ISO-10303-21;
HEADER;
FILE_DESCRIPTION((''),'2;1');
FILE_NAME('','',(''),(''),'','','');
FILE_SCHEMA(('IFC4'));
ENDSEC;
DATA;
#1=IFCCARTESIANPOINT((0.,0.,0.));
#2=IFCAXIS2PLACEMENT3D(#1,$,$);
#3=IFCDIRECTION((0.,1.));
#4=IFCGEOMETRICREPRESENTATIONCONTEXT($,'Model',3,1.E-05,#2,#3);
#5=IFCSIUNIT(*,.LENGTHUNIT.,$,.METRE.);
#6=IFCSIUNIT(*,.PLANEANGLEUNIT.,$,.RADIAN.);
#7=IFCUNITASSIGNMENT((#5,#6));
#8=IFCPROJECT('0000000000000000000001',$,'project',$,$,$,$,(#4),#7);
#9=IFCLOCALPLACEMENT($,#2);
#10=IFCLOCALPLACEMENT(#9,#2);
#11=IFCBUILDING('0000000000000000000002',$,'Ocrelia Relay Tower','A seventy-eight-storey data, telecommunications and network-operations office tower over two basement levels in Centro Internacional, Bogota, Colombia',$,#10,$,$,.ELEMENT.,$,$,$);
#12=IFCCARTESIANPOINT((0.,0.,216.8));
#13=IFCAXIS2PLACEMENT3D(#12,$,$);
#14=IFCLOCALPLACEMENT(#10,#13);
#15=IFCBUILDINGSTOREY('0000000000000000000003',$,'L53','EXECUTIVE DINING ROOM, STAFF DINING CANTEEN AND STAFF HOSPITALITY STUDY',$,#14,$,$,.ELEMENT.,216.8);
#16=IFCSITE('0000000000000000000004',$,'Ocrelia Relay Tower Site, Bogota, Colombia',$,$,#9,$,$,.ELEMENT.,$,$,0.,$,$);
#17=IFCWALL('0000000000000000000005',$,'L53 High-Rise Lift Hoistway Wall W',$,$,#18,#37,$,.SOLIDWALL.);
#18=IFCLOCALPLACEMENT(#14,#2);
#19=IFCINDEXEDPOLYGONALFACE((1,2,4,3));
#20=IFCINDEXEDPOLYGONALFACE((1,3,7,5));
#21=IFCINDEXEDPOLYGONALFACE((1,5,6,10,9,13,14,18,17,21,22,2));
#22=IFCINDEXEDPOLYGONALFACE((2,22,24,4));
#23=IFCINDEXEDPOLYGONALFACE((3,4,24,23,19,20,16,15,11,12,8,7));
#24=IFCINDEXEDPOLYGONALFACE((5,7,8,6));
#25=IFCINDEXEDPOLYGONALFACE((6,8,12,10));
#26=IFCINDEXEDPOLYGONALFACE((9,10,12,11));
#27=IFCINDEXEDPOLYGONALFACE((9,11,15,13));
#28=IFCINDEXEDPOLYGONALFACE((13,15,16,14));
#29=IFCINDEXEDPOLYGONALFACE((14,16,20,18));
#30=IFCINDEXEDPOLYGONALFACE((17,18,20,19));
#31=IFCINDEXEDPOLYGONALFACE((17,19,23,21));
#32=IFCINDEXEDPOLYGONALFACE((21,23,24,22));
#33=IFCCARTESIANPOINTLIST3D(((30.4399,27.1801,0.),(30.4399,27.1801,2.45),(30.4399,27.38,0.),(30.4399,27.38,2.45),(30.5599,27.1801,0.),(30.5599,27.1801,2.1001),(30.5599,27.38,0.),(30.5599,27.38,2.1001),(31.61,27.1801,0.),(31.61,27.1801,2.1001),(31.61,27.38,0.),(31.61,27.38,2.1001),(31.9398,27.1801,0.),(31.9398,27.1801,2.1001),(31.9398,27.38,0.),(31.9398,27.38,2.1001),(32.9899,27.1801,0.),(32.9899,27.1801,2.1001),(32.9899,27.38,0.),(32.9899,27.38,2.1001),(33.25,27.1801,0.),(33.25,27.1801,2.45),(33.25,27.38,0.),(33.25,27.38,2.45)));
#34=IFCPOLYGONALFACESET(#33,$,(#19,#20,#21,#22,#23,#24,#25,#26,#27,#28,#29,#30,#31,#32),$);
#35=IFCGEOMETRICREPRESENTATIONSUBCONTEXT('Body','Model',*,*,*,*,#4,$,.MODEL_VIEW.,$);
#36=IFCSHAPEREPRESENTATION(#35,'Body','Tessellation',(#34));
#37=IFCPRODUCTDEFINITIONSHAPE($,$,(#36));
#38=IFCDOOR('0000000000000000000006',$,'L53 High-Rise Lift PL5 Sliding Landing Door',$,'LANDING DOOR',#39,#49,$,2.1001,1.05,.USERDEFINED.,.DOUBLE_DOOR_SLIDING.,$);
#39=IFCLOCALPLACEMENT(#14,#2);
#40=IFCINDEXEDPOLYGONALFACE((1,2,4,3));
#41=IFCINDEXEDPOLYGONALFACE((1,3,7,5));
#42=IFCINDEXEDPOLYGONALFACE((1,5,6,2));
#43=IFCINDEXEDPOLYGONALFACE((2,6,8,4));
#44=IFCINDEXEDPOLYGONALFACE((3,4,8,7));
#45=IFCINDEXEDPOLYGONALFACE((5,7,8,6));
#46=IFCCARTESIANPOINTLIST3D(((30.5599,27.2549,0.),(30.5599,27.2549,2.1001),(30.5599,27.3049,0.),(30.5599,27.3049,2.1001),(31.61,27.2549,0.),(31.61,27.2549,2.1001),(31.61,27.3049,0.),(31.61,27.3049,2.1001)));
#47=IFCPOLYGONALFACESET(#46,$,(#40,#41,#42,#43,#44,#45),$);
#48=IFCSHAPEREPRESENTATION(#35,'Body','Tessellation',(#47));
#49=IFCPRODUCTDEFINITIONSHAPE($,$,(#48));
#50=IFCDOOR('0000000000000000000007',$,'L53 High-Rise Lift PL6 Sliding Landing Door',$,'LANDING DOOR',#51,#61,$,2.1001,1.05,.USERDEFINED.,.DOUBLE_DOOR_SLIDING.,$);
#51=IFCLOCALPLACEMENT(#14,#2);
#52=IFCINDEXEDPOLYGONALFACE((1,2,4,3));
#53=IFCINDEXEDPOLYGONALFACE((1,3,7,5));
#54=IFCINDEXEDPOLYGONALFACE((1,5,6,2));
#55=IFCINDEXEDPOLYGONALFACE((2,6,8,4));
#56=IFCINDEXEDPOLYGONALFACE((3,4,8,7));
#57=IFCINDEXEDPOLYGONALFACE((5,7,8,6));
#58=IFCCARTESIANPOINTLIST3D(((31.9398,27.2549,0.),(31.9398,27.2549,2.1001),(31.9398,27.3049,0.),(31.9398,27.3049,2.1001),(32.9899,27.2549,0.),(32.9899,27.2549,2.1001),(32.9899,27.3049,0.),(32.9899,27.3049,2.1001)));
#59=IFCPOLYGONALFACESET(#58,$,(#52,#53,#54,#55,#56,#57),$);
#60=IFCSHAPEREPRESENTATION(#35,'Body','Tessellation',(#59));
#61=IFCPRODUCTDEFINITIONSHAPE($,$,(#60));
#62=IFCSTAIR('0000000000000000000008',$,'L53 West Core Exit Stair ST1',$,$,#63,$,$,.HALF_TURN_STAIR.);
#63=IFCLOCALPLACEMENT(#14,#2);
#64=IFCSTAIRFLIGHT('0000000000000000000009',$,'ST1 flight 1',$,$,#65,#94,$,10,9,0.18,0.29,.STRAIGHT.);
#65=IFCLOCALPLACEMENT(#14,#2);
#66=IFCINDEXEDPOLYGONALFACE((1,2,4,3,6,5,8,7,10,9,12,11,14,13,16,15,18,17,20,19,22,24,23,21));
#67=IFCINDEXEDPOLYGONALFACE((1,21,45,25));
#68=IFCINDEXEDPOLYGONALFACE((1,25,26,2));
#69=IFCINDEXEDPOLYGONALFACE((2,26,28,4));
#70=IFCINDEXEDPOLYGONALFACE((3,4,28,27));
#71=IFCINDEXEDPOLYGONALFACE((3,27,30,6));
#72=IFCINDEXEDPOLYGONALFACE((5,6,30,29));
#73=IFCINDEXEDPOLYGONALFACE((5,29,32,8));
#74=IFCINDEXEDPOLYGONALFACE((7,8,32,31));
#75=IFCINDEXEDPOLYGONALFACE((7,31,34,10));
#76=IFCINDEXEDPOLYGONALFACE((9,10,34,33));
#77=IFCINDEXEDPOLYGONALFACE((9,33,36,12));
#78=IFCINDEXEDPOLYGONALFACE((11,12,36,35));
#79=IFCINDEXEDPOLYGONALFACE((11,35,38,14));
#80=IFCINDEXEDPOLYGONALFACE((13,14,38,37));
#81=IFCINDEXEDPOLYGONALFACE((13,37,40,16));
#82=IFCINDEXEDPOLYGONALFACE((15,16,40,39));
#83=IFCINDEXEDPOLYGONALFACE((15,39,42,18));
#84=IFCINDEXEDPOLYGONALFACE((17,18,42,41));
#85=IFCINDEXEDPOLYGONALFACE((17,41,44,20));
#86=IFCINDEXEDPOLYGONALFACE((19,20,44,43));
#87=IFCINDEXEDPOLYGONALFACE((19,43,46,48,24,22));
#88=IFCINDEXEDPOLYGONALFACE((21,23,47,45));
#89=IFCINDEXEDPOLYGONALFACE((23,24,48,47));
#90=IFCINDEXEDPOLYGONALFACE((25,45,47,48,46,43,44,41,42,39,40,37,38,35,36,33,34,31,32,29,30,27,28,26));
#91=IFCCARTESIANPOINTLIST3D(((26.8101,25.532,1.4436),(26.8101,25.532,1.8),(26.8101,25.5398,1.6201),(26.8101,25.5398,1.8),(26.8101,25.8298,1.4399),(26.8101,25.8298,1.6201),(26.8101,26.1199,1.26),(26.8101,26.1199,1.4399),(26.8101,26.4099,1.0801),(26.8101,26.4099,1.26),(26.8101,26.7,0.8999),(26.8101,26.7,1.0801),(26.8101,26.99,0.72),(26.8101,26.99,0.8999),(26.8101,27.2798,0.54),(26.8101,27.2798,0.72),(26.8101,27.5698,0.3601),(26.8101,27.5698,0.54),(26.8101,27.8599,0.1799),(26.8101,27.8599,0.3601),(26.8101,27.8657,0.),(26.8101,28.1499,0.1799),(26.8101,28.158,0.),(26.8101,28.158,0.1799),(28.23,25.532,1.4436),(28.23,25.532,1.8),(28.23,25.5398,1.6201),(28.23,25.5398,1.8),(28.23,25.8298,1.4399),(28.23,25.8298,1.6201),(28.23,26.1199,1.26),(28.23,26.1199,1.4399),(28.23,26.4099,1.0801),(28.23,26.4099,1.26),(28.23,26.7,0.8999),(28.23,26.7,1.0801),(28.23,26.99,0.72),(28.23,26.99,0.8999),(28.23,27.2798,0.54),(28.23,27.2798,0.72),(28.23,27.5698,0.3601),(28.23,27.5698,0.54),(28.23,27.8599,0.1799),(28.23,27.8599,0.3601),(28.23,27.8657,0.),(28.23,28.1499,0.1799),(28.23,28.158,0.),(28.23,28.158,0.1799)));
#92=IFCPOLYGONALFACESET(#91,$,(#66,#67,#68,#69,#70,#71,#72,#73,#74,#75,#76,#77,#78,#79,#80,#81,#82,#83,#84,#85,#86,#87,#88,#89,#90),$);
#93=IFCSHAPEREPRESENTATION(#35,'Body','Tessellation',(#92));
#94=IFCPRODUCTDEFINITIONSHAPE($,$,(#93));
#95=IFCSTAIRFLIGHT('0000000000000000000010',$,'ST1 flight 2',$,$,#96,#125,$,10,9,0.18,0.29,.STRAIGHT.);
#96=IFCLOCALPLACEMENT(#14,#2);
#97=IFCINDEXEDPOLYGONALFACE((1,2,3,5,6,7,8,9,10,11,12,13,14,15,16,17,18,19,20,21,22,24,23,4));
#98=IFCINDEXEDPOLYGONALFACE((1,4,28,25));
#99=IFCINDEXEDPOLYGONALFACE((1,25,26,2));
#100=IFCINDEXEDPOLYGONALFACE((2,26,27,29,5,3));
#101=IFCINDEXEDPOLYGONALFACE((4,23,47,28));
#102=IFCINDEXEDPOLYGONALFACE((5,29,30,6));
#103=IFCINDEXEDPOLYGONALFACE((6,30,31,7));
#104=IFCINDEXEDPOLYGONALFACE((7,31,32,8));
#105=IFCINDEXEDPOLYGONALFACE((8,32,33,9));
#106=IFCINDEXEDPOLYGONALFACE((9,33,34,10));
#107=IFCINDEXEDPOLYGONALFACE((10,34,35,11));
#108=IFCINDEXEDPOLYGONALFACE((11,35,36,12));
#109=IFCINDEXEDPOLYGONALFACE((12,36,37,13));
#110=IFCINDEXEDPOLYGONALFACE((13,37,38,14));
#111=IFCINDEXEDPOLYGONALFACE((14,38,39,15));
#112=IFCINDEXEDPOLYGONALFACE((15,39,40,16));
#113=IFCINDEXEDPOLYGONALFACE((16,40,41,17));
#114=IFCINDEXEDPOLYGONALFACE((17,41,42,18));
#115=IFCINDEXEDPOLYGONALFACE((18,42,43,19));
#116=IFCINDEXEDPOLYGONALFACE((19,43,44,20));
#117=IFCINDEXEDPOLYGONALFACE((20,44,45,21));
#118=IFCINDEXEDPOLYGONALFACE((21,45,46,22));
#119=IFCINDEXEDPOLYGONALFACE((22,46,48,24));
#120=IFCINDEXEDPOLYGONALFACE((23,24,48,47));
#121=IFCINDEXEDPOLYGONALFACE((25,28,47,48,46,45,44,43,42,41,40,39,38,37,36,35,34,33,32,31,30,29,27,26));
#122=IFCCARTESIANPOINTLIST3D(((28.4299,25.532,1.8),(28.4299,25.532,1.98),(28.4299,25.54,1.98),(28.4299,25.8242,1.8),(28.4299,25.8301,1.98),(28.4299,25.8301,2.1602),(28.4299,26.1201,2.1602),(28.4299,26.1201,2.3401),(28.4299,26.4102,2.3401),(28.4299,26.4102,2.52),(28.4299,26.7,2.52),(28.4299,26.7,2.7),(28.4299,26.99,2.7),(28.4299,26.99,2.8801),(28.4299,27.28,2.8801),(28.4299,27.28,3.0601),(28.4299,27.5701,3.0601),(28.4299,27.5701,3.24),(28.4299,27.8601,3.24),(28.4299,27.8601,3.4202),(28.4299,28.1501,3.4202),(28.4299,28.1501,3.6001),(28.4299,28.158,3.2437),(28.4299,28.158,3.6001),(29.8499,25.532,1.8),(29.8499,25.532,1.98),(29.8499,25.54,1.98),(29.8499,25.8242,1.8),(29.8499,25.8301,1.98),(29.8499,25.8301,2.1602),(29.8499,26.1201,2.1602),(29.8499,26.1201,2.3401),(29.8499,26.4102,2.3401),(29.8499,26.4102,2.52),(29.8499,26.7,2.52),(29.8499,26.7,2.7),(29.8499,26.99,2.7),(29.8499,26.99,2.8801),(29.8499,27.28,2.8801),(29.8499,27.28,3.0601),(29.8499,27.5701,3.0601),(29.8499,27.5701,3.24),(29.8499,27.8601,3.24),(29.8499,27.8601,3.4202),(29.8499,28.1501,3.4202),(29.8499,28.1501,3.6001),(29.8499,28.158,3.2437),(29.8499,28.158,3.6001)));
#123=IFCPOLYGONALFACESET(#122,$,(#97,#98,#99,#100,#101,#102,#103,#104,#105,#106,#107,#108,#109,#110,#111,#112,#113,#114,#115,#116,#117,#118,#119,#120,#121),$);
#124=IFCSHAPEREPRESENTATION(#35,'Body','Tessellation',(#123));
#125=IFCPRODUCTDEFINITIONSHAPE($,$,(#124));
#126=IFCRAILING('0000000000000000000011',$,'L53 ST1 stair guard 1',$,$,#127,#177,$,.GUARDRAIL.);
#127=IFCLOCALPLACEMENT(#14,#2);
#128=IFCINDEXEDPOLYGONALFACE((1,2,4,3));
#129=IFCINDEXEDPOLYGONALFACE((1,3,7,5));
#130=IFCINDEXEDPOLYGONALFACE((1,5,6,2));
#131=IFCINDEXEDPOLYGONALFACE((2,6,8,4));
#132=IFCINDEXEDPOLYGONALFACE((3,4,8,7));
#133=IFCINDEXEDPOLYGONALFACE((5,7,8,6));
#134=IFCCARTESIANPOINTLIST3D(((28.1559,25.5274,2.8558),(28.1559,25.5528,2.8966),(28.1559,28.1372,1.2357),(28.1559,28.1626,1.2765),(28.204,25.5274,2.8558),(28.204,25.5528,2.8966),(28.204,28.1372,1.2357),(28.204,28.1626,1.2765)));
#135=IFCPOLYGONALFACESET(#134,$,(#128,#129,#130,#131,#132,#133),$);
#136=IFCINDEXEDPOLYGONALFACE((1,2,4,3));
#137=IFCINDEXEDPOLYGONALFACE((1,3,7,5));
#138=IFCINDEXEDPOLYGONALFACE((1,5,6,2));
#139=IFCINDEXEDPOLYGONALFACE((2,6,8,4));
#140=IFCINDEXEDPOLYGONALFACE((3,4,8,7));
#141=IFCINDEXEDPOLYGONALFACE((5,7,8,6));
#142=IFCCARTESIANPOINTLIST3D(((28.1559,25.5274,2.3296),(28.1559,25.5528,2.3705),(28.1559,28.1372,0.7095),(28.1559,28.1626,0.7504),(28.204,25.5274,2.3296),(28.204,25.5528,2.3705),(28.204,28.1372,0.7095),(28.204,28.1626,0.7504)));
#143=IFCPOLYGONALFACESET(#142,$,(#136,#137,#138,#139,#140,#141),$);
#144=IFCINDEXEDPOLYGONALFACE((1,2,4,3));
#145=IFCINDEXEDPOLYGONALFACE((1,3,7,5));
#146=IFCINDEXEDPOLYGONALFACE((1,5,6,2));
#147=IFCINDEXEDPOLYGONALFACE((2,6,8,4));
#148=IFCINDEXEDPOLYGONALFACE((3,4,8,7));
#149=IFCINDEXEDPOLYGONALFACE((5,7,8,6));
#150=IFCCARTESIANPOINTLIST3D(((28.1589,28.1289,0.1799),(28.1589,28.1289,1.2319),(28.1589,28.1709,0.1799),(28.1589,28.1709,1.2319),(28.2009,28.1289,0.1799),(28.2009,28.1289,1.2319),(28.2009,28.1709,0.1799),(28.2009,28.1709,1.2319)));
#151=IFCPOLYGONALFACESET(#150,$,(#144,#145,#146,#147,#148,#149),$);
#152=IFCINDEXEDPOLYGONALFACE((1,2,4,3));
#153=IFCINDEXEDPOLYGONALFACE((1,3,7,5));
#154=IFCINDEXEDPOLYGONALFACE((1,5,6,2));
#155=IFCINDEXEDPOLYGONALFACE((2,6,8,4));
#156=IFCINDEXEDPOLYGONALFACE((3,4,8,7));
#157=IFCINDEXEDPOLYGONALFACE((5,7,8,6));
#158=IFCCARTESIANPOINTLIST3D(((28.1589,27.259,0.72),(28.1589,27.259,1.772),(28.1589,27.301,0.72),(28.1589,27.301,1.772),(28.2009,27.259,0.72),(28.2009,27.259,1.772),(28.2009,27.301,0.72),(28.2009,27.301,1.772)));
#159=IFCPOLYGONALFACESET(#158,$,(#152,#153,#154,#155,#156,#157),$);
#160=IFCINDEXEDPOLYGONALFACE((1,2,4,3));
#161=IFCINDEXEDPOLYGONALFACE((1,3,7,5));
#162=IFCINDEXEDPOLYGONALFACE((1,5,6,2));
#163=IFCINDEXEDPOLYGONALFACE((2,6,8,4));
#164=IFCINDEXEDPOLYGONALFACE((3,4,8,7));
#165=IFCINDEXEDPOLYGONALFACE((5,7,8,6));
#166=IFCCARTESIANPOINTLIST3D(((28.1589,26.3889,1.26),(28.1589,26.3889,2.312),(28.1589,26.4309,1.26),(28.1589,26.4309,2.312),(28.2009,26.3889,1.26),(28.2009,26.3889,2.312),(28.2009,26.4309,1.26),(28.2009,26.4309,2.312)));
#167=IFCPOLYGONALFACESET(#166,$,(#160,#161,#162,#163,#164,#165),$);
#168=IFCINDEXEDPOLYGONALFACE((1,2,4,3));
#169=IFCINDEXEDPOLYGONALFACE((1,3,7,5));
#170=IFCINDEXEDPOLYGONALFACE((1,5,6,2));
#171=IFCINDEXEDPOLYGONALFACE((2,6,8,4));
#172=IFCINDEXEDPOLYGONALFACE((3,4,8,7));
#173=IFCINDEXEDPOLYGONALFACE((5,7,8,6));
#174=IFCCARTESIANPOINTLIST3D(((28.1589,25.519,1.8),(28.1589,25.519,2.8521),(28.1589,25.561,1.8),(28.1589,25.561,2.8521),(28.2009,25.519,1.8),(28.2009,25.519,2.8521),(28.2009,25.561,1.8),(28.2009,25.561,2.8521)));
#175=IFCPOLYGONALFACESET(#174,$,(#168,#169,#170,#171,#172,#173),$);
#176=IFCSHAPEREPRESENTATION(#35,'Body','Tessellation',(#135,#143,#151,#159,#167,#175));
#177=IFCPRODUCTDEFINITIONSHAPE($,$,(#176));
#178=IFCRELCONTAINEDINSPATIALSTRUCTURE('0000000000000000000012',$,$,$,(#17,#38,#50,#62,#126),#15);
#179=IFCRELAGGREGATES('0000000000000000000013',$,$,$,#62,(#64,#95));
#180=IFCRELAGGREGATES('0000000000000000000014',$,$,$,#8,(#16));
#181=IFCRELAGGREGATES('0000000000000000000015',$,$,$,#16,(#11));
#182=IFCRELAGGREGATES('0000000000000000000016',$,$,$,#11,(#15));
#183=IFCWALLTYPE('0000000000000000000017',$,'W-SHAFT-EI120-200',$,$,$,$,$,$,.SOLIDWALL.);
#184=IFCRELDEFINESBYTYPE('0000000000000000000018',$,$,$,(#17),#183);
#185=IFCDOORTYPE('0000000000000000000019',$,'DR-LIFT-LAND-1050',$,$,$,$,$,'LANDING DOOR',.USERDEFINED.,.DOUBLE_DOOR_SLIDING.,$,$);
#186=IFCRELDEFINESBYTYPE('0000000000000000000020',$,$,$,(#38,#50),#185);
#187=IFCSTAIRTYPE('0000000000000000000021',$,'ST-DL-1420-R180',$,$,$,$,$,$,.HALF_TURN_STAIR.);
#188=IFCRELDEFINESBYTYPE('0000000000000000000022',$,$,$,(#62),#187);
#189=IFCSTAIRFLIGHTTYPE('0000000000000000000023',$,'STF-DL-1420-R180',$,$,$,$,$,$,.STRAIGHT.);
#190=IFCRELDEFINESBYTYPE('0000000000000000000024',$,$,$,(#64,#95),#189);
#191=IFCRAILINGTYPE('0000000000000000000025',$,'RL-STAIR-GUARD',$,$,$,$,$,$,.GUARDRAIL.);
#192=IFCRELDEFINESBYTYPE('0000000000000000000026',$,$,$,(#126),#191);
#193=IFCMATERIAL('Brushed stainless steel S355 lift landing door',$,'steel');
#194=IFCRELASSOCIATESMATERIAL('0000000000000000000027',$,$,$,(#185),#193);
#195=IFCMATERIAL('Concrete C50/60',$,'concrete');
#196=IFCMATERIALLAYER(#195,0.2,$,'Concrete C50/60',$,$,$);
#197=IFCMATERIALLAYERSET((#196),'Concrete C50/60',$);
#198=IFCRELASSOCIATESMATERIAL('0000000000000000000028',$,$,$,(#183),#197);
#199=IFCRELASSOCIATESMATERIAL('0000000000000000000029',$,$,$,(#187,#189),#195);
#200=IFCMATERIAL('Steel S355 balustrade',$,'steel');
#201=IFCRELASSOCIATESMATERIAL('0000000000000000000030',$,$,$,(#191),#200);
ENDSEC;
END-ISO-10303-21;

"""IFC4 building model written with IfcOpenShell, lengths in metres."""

from ifc_helpers import new_model, si_unit, direction, frame, frame_2d, origin, origin_2d, place, context, subcontext, project, spatial, polyline, rectangle, outline, extrude, material, layer, layer_set, type_object, element, fill, aggregate, save


model = new_model("IFC4")

# Units and contexts
model_context = context("Model", 3, precision=1e-05, world=origin(), true_north=direction((0.0, 1.0)))
body_context = subcontext(model_context, "Body", "Model", "MODEL_VIEW")
ifc_project = project(units=[si_unit("LENGTHUNIT", "METRE"), si_unit("PLANEANGLEUNIT", "RADIAN")], contexts=[model_context])

# Site, building, storey
site_placement = place(None, origin())
site = spatial("IfcSite", under=ifc_project, at=site_placement, Name="Ocrelia Relay Tower Site, Bogota, Colombia", CompositionType="ELEMENT", RefElevation=0.0)
building_placement = place(site_placement, origin())
building = spatial("IfcBuilding", under=site, at=building_placement, Name="Ocrelia Relay Tower", Description="A seventy-eight-storey data, telecommunications and network-operations office tower over two basement levels in Centro Internacional, Bogota, Colombia", CompositionType="ELEMENT")
storey_placement = place(building_placement, frame((0.0, 0.0, 216.8)))
storey = spatial("IfcBuildingStorey", under=building, at=storey_placement, Name="L53", Description="EXECUTIVE DINING ROOM, STAFF DINING CANTEEN AND STAFF HOSPITALITY STUDY", CompositionType="ELEMENT", Elevation=216.8)

# Shared definitions
ifc_material_1 = material(Name="Concrete C50/60", Category="concrete")

# Shared definitions
ifc_material_2 = material(Name="Brushed stainless steel S355 lift landing door", Category="steel")
door_type_1 = type_object("IfcDoorType", Name="DR-LIFT-LAND-1050", ElementType="LANDING DOOR", OperationType="DOUBLE_DOOR_SLIDING", PredefinedType="USERDEFINED", material=ifc_material_2)

# Shared definitions
ifc_layer_1 = layer(ifc_material_1, 0.2, Name="Concrete C50/60")
ifc_layer_set_1 = layer_set([ifc_layer_1], Name="Concrete C50/60")
wall_type_1 = type_object("IfcWallType", Name="W-SHAFT-EI120-200", PredefinedType="SOLIDWALL", material=ifc_layer_set_1)

# Wall, openings, doors
wall_1_placement = place(storey_placement, frame((30.4399, 27.28, 0.0), z_axis=(0.0, 0.0, 1.0), x_axis=(1.0, 0.0, 0.0)))
wall_1 = element("IfcWall", 1, at=wall_1_placement, inside=storey, type_object=wall_type_1, Name="L53 High-Rise Lift Hoistway Wall W", PredefinedType="SOLIDWALL", context=body_context, shape_type="SweptSolid", body=[
    extrude(rectangle(XDim=2.8101, YDim=0.2, at=frame_2d((1.405, 0.0))), origin(), (0.0, 0.0, 1.0), 2.45),
])
opening_1_placement = place(wall_1_placement, frame((0.1201, 0.0, 0.0)))
opening_1 = element("IfcOpeningElement", 2, at=opening_1_placement, cuts=wall_1, PredefinedType="OPENING", context=body_context, shape_type="SweptSolid", body=[
    extrude(rectangle(XDim=1.05, YDim=2.1001, at=frame_2d((0.5249, 1.05))), frame((0.0, 0.1099, 0.0), z_axis=(0.0, -1.0, 0.0), x_axis=(1.0, 0.0, 0.0)), (0.0, 0.0, 1.0), 0.22),
])
opening_2_placement = place(wall_1_placement, frame((1.5, 0.0, 0.0)))
opening_2 = element("IfcOpeningElement", 3, at=opening_2_placement, cuts=wall_1, PredefinedType="OPENING", context=body_context, shape_type="SweptSolid", body=[
    extrude(rectangle(XDim=1.05, YDim=2.1001, at=frame_2d((0.5249, 1.05))), frame((0.0, 0.1099, 0.0), z_axis=(0.0, -1.0, 0.0), x_axis=(1.0, 0.0, 0.0)), (0.0, 0.0, 1.0), 0.22),
])
door_1_placement = place(opening_1_placement, origin())
door_1 = element("IfcDoor", 4, at=door_1_placement, inside=storey, type_object=door_type_1, Name="L53 High-Rise Lift PL5 Sliding Landing Door", ObjectType="LANDING DOOR", OperationType="DOUBLE_DOOR_SLIDING", OverallHeight=2.1001, OverallWidth=1.05, PredefinedType="USERDEFINED", context=body_context, shape_type="SweptSolid", body=[
    extrude(rectangle(XDim=1.05, YDim=2.1001, at=frame_2d((0.5249, 1.05))), frame((0.0, 0.0249, 0.0), z_axis=(0.0, -1.0, 0.0), x_axis=(1.0, 0.0, 0.0)), (0.0, 0.0, 1.0), 0.05),
])
fill(opening_1, door_1)
door_2_placement = place(opening_2_placement, origin())
door_2 = element("IfcDoor", 5, at=door_2_placement, inside=storey, type_object=door_type_1, Name="L53 High-Rise Lift PL6 Sliding Landing Door", ObjectType="LANDING DOOR", OperationType="DOUBLE_DOOR_SLIDING", OverallHeight=2.1001, OverallWidth=1.05, PredefinedType="USERDEFINED", context=body_context, shape_type="SweptSolid", body=[
    extrude(rectangle(XDim=1.05, YDim=2.1001, at=frame_2d((0.5249, 1.05))), frame((0.0, 0.0249, 0.0), z_axis=(0.0, -1.0, 0.0), x_axis=(1.0, 0.0, 0.0)), (0.0, 0.0, 1.0), 0.05),
])
fill(opening_2, door_2)

# Stair, stair flights
stair_type = type_object("IfcStairType", Name="ST-DL-1420-R180", PredefinedType="HALF_TURN_STAIR", material=ifc_material_1)
stair_placement = place(storey_placement, origin())
stair = element("IfcStair", 6, at=stair_placement, inside=storey, type_object=stair_type, Name="L53 West Core Exit Stair ST1", PredefinedType="HALF_TURN_STAIR")
stair_flight_type = type_object("IfcStairFlightType", Name="STF-DL-1420-R180", PredefinedType="STRAIGHT", material=ifc_material_1)
stair_flight_1_placement = place(storey_placement, frame((27.52, 28.1499, 0.0), z_axis=(0.0, 0.0, 1.0), x_axis=(0.0, -1.0, 0.0)))
stair_flight_1 = element("IfcStairFlight", 7, at=stair_flight_1_placement, type_object=stair_flight_type, Name="ST1 flight 1", NumberOfRisers=10, NumberOfTreads=9, PredefinedType="STRAIGHT", RiserHeight=0.18, TreadLength=0.29, context=body_context, shape_type="SweptSolid", body=[
    extrude(outline(polyline([(-0.0081, 0.0), (-0.0081, 0.1799), (0.0, 0.1799), (0.29, 0.1799), (0.29, 0.3601), (0.5801, 0.3601), (0.5801, 0.54), (0.8701, 0.54), (0.8701, 0.72), (1.1599, 0.72), (1.1599, 0.8999), (1.45, 0.8999), (1.45, 1.0801), (1.74, 1.0801), (1.74, 1.26), (2.03, 1.26), (2.03, 1.4399), (2.3201, 1.4399), (2.3201, 1.6201), (2.6101, 1.6201), (2.6101, 1.8), (2.6179, 1.8), (2.6179, 1.4436), (0.2842, 0.0), (-0.0081, 0.0)])), frame((0.0, 0.71, 0.0), z_axis=(0.0, -1.0, 0.0), x_axis=(1.0, 0.0, 0.0)), (0.0, 0.0, 1.0), 1.4199),
])
stair_flight_2_placement = place(storey_placement, frame((29.1399, 25.54, 1.8), z_axis=(0.0, 0.0, 1.0), x_axis=(0.0, 1.0, 0.0)))
stair_flight_2 = element("IfcStairFlight", 8, at=stair_flight_2_placement, type_object=stair_flight_type, Name="ST1 flight 2", NumberOfRisers=10, NumberOfTreads=9, PredefinedType="STRAIGHT", RiserHeight=0.18, TreadLength=0.29, context=body_context, shape_type="SweptSolid", body=[
    extrude(outline(polyline([(-0.0081, 0.0), (-0.0081, 0.1799), (0.0, 0.1799), (0.29, 0.1799), (0.29, 0.3601), (0.5801, 0.3601), (0.5801, 0.54), (0.8701, 0.54), (0.8701, 0.72), (1.1599, 0.72), (1.1599, 0.8999), (1.45, 0.8999), (1.45, 1.0801), (1.74, 1.0801), (1.74, 1.26), (2.03, 1.26), (2.03, 1.4399), (2.3201, 1.4399), (2.3201, 1.6201), (2.6101, 1.6201), (2.6101, 1.8), (2.6179, 1.8), (2.6179, 1.4436), (0.2842, 0.0), (-0.0081, 0.0)])), frame((0.0, 0.71, 0.0), z_axis=(0.0, -1.0, 0.0), x_axis=(1.0, 0.0, 0.0)), (0.0, 0.0, 1.0), 1.4199),
])
aggregate(stair, [stair_flight_1, stair_flight_2])

# Railing
ifc_material_3 = material(Name="Steel S355 balustrade", Category="steel")
railing_type_1 = type_object("IfcRailingType", Name="RL-STAIR-GUARD", PredefinedType="GUARDRAIL", material=ifc_material_3)
railing_1_placement = place(storey_placement, frame((28.1799, 28.1499, 0.1799)))
element("IfcRailing", 9, at=railing_1_placement, inside=storey, type_object=railing_type_1, Name="L53 ST1 stair guard 1", PredefinedType="GUARDRAIL", context=body_context, shape_type="SweptSolid", body=[
    extrude(rectangle(XDim=0.0481, YDim=0.0481, at=origin_2d()), frame((0.0, 0.0, 1.0762), z_axis=(0.0, -0.849611, 0.52741), x_axis=(1.0, 0.0, 0.0)), (0.0, 0.0, 1.0), 3.0718),
    extrude(rectangle(XDim=0.0481, YDim=0.0481, at=origin_2d()), frame((0.0, 0.0, 0.55), z_axis=(0.0, -0.849611, 0.52741), x_axis=(1.0, 0.0, 0.0)), (0.0, 0.0, 1.0), 3.0718),
    extrude(rectangle(XDim=0.042, YDim=0.042, at=origin_2d()), origin(), (0.0, 0.0, 1.0), 1.052),
    extrude(rectangle(XDim=0.042, YDim=0.042, at=origin_2d()), frame((0.0, -0.8699, 0.54)), (0.0, 0.0, 1.0), 1.052),
    extrude(rectangle(XDim=0.042, YDim=0.042, at=origin_2d()), frame((0.0, -1.74, 1.0801)), (0.0, 0.0, 1.0), 1.052),
    extrude(rectangle(XDim=0.042, YDim=0.042, at=origin_2d()), frame((0.0, -2.6099, 1.6201)), (0.0, 0.0, 1.0), 1.052),
])

save(model, "model.ifc")
